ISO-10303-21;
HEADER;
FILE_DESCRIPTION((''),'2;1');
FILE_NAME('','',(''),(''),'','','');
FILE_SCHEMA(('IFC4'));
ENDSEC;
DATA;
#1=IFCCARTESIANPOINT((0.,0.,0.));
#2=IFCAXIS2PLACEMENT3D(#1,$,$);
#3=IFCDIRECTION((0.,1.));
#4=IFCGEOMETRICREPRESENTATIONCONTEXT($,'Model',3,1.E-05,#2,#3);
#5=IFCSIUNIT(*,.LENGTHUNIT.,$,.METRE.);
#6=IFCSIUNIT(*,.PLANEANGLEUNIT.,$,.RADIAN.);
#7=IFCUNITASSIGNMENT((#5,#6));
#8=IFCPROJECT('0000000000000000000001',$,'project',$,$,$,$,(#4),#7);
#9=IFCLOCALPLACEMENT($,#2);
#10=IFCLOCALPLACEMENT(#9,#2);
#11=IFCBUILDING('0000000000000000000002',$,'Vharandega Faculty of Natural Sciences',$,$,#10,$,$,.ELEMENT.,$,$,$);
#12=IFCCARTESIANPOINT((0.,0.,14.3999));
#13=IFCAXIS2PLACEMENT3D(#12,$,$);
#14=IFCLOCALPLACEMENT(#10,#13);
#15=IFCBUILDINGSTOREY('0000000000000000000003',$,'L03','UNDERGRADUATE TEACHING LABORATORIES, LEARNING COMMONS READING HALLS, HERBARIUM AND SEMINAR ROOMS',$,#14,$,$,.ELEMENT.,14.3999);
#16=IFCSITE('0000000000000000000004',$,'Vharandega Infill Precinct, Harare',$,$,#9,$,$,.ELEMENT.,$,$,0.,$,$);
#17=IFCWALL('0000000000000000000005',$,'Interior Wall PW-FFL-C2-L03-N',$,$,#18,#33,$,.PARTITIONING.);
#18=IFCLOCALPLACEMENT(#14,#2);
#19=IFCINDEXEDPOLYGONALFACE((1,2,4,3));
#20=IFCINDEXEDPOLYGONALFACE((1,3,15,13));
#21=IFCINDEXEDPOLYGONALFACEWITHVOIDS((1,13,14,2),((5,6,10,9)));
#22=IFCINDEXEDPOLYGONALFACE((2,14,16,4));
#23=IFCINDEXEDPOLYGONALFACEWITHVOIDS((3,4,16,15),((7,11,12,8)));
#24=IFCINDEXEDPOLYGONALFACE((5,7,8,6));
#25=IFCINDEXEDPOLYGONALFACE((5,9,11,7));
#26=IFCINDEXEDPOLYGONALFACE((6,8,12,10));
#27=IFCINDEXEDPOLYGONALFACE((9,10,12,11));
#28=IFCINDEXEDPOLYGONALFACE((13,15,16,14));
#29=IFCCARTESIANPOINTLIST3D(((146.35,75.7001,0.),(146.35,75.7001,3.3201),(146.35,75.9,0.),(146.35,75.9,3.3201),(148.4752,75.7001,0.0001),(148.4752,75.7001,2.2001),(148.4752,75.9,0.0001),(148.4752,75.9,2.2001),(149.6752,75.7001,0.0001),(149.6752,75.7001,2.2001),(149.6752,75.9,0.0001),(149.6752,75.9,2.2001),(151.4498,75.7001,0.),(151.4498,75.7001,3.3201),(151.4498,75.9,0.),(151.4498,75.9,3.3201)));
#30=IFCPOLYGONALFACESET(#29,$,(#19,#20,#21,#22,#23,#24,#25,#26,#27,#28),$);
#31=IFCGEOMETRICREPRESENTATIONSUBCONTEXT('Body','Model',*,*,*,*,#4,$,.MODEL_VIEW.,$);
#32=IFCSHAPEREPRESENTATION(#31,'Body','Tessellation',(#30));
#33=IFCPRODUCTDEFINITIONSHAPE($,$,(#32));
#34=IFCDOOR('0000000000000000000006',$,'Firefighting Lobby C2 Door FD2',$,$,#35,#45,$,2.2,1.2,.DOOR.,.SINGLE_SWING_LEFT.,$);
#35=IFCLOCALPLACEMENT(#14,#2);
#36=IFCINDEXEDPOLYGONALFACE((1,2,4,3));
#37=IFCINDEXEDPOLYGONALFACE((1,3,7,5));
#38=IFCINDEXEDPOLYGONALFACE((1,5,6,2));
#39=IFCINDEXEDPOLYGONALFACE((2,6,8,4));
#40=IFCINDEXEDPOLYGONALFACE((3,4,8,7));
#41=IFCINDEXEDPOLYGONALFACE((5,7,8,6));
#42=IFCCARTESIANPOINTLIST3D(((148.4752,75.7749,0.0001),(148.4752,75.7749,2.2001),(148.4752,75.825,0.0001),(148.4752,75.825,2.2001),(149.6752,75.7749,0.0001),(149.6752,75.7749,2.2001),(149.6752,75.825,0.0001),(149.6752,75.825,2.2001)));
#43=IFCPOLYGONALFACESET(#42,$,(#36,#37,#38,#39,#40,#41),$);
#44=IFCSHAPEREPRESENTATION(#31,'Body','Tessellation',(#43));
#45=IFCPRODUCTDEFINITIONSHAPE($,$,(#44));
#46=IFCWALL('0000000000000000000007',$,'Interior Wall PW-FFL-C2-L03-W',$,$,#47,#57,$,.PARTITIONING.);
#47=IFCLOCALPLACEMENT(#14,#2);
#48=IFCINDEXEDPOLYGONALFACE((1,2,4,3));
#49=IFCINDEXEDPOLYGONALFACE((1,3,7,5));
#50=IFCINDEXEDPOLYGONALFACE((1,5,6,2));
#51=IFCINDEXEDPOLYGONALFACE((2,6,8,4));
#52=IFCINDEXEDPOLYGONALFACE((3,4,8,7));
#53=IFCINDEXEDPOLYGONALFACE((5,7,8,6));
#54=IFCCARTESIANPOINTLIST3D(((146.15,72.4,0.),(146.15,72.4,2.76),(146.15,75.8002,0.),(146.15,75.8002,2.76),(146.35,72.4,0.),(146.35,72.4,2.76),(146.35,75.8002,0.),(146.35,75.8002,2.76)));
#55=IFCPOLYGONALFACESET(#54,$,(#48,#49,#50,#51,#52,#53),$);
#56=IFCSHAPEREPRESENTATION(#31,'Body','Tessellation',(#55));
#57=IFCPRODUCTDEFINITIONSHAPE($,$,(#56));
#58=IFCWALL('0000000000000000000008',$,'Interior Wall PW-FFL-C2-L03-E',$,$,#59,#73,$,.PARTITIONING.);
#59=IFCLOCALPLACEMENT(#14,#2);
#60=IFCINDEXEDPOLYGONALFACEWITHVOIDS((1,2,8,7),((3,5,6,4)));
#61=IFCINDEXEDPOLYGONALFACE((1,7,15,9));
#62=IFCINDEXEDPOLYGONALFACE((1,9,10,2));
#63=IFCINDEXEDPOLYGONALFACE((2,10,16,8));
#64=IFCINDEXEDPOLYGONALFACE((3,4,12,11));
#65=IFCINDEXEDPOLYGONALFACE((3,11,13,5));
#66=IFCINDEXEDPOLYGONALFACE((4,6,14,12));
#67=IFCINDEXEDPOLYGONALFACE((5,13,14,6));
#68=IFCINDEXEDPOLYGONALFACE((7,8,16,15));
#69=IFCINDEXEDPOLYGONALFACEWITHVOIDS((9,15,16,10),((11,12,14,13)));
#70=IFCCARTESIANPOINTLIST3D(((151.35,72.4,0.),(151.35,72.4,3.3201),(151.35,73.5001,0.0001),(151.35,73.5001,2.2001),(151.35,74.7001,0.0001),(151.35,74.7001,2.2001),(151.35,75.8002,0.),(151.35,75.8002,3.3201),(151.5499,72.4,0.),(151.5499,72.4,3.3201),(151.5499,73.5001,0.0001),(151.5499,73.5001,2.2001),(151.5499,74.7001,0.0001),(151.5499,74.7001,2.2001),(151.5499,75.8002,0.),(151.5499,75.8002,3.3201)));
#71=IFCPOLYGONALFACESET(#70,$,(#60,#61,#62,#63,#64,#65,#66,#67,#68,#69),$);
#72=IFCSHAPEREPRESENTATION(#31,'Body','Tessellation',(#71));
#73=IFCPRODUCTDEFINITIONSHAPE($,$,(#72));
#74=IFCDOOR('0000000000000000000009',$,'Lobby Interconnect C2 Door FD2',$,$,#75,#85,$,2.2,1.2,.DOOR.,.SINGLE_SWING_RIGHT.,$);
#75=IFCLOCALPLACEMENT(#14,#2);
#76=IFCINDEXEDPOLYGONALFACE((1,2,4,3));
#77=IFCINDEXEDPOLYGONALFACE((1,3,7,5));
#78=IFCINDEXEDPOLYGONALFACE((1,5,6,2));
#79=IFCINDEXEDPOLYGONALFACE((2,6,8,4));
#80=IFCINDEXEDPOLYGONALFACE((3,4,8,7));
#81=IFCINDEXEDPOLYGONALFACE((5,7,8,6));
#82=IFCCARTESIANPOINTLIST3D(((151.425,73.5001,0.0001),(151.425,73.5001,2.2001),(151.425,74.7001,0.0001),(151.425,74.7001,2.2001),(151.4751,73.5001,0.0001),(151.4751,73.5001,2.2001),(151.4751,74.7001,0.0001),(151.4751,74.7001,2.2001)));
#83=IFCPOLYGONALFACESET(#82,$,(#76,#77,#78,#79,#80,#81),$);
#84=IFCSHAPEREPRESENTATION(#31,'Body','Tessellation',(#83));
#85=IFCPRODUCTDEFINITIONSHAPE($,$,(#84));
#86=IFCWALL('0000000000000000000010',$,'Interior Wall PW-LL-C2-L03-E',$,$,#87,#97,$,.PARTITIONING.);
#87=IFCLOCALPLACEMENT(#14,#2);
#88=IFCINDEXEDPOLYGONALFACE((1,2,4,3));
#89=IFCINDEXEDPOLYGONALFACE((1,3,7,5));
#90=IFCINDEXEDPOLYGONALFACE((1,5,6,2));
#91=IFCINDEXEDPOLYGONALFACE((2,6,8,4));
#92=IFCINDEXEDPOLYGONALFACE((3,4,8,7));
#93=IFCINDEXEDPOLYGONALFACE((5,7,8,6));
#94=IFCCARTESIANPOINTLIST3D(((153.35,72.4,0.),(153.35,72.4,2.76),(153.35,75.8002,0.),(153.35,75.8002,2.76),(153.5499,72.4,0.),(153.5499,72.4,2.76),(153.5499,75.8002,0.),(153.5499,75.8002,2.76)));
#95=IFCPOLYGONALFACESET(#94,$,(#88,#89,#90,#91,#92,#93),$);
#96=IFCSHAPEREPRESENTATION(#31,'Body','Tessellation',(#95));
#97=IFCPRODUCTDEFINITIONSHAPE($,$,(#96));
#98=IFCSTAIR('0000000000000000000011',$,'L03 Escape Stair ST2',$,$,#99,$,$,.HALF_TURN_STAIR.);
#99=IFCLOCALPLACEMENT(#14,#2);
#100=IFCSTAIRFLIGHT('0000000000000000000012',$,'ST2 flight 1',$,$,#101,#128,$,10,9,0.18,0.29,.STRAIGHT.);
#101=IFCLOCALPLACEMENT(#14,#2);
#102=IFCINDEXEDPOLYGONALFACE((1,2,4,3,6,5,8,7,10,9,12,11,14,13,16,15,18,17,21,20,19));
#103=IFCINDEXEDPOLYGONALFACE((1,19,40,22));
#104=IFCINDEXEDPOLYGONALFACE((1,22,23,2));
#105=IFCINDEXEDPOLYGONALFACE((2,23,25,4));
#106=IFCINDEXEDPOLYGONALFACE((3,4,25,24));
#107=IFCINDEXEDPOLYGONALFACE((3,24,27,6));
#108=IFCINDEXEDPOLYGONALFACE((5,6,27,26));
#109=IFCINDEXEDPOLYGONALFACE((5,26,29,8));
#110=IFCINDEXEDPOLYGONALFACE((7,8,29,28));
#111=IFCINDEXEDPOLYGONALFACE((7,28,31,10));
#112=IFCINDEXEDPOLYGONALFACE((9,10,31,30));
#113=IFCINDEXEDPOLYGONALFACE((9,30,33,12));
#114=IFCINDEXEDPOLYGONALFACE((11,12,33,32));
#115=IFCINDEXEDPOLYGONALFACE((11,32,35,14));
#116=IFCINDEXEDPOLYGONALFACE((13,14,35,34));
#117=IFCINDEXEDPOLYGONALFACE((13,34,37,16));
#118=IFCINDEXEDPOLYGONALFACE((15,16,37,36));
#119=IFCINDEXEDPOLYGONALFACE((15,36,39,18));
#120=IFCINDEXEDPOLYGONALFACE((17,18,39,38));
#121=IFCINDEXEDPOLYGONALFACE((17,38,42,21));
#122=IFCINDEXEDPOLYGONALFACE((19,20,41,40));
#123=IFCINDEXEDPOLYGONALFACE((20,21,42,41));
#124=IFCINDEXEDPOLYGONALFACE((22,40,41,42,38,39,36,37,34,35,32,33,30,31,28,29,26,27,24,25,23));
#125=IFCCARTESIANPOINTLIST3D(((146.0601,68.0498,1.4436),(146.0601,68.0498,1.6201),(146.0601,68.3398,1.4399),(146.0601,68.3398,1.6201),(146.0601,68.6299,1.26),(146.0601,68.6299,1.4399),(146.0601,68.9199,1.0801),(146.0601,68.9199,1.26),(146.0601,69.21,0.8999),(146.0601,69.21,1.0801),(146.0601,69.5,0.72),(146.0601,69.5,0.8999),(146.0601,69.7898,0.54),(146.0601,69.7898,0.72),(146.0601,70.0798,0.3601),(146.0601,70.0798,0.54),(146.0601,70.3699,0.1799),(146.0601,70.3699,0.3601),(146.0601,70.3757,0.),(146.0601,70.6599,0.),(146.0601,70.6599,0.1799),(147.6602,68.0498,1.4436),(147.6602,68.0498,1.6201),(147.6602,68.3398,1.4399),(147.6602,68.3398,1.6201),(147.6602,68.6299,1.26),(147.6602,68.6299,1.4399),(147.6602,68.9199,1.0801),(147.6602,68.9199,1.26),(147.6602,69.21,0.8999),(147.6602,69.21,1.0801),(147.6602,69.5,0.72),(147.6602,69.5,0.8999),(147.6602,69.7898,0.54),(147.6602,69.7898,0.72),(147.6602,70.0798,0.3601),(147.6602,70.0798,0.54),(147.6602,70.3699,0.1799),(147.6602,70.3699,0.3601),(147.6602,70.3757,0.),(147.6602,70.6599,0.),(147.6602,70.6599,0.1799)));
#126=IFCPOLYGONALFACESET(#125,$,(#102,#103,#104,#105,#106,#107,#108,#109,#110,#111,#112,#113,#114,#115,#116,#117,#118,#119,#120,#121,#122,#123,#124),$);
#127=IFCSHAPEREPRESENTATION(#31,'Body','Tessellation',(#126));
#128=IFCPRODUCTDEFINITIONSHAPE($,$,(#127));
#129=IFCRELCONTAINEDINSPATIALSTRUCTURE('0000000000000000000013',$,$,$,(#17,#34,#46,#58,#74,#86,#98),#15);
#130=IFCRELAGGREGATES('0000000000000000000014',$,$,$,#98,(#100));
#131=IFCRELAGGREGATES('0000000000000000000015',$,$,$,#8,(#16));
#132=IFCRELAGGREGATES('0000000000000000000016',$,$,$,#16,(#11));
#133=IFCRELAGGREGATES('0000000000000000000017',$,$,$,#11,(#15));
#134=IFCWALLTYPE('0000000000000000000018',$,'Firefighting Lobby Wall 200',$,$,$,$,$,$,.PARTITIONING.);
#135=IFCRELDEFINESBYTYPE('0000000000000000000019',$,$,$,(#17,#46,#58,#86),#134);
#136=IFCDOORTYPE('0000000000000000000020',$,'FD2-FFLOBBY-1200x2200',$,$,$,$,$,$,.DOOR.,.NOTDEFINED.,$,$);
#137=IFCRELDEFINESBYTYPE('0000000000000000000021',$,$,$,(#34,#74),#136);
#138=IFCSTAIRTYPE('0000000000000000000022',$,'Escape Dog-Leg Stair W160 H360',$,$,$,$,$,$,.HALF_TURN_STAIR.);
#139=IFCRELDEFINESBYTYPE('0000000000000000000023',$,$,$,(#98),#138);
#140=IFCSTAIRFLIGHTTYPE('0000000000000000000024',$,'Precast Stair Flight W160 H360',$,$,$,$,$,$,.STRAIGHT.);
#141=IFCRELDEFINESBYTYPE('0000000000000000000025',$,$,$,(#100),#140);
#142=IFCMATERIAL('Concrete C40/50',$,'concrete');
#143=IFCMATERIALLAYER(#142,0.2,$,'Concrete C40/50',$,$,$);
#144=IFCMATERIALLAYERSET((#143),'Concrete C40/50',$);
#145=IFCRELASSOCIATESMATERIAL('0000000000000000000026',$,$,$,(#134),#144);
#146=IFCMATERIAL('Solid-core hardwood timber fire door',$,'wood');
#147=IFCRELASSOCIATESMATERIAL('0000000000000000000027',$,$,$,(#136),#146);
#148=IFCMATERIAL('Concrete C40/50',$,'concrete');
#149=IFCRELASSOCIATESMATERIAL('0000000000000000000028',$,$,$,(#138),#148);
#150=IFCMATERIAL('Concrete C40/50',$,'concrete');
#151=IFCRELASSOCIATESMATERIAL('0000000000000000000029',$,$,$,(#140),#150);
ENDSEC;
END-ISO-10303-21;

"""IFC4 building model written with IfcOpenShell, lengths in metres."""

from ifc_helpers import new_model, si_unit, direction, frame, frame_2d, origin, place, context, subcontext, project, spatial, polyline, rectangle, outline, extrude, material, layer, layer_set, type_object, element, fill, aggregate, save


model = new_model("IFC4")

# Units and contexts
model_context = context("Model", 3, precision=1e-05, world=origin(), true_north=direction((0.0, 1.0)))
body_context = subcontext(model_context, "Body", "Model", "MODEL_VIEW")
ifc_project = project(units=[si_unit("LENGTHUNIT", "METRE"), si_unit("PLANEANGLEUNIT", "RADIAN")], contexts=[model_context])

# Site, building, storey
site_placement = place(None, origin())
site = spatial("IfcSite", under=ifc_project, at=site_placement, Name="Vharandega Infill Precinct, Harare", CompositionType="ELEMENT", RefElevation=0.0)
building_placement = place(site_placement, origin())
building = spatial("IfcBuilding", under=site, at=building_placement, Name="Vharandega Faculty of Natural Sciences", CompositionType="ELEMENT")
storey_placement = place(building_placement, frame((0.0, 0.0, 14.3999)))
storey = spatial("IfcBuildingStorey", under=building, at=storey_placement, Name="L03", Description="UNDERGRADUATE TEACHING LABORATORIES, LEARNING COMMONS READING HALLS, HERBARIUM AND SEMINAR ROOMS", CompositionType="ELEMENT", Elevation=14.3999)

# Wall, opening, door
ifc_material_1 = material(Name="Concrete C40/50", Category="concrete")
ifc_layer_1 = layer(ifc_material_1, 0.2, Name="Concrete C40/50")
ifc_layer_set_1 = layer_set([ifc_layer_1], Name="Concrete C40/50")
wall_type_1 = type_object("IfcWallType", Name="Firefighting Lobby Wall 200", PredefinedType="PARTITIONING", material=ifc_layer_set_1)
wall_1_placement = place(storey_placement, frame((146.3501, 75.8, 0.0), z_axis=(0.0, 0.0, 1.0), x_axis=(1.0, 0.0, 0.0)))
wall_1 = element("IfcWall", 1, at=wall_1_placement, inside=storey, type_object=wall_type_1, Name="Interior Wall PW-FFL-C2-L03-N", PredefinedType="PARTITIONING", context=body_context, shape_type="SweptSolid", body=[
    extrude(rectangle(XDim=5.0999, YDim=0.2, at=frame_2d((2.5498, 0.0))), origin(), (0.0, 0.0, 1.0), 3.3201),
])
opening_1_placement = place(wall_1_placement, frame((2.125, 0.0, 0.0)))
opening_1 = element("IfcOpeningElement", 2, at=opening_1_placement, cuts=wall_1, PredefinedType="OPENING", context=body_context, shape_type="SweptSolid", body=[
    extrude(rectangle(XDim=1.2, YDim=2.2, at=frame_2d((0.6001, 1.1001))), frame((0.0, 0.1099, 0.0), z_axis=(0.0, -1.0, 0.0), x_axis=(1.0, 0.0, 0.0)), (0.0, 0.0, 1.0), 0.22),
])
ifc_material_2 = material(Name="Solid-core hardwood timber fire door", Category="wood")
door_type_1 = type_object("IfcDoorType", Name="FD2-FFLOBBY-1200x2200", OperationType="NOTDEFINED", PredefinedType="DOOR", material=ifc_material_2)
door_1_placement = place(opening_1_placement, origin())
door_1 = element("IfcDoor", 3, at=door_1_placement, inside=storey, type_object=door_type_1, Name="Firefighting Lobby C2 Door FD2", OperationType="SINGLE_SWING_LEFT", OverallHeight=2.2, OverallWidth=1.2, PredefinedType="DOOR", context=body_context, shape_type="SweptSolid", body=[
    extrude(rectangle(XDim=1.2, YDim=2.2, at=frame_2d((0.6001, 1.1001))), frame((0.0, 0.0249, 0.0), z_axis=(0.0, -1.0, 0.0), x_axis=(1.0, 0.0, 0.0)), (0.0, 0.0, 1.0), 0.05),
])
fill(opening_1, door_1)

# Wall
wall_2_placement = place(storey_placement, frame((146.25, 72.3999, 0.0), z_axis=(0.0, 0.0, 1.0), x_axis=(0.0, 1.0, 0.0)))
element("IfcWall", 4, at=wall_2_placement, inside=storey, type_object=wall_type_1, Name="Interior Wall PW-FFL-C2-L03-W", PredefinedType="PARTITIONING", context=body_context, shape_type="SweptSolid", body=[
    extrude(rectangle(XDim=3.4001, YDim=0.2, at=frame_2d((1.7002, 0.0))), origin(), (0.0, 0.0, 1.0), 2.76),
])

# Wall, opening, door
wall_3_placement = place(storey_placement, frame((151.45, 72.3999, 0.0), z_axis=(0.0, 0.0, 1.0), x_axis=(0.0, 1.0, 0.0)))
wall_3 = element("IfcWall", 5, at=wall_3_placement, inside=storey, type_object=wall_type_1, Name="Interior Wall PW-FFL-C2-L03-E", PredefinedType="PARTITIONING", context=body_context, shape_type="SweptSolid", body=[
    extrude(rectangle(XDim=3.4001, YDim=0.2, at=frame_2d((1.7002, 0.0))), origin(), (0.0, 0.0, 1.0), 3.3201),
])
opening_2_placement = place(wall_3_placement, frame((1.1001, 0.0, 0.0)))
opening_2 = element("IfcOpeningElement", 6, at=opening_2_placement, cuts=wall_3, PredefinedType="OPENING", context=body_context, shape_type="SweptSolid", body=[
    extrude(rectangle(XDim=1.2, YDim=2.2, at=frame_2d((0.6001, 1.1001))), frame((0.0, 0.1099, 0.0), z_axis=(0.0, -1.0, 0.0), x_axis=(1.0, 0.0, 0.0)), (0.0, 0.0, 1.0), 0.22),
])
door_2_placement = place(opening_2_placement, origin())
door_2 = element("IfcDoor", 7, at=door_2_placement, inside=storey, type_object=door_type_1, Name="Lobby Interconnect C2 Door FD2", OperationType="SINGLE_SWING_RIGHT", OverallHeight=2.2, OverallWidth=1.2, PredefinedType="DOOR", context=body_context, shape_type="SweptSolid", body=[
    extrude(rectangle(XDim=1.2, YDim=2.2, at=frame_2d((0.6001, 1.1001))), frame((0.0, 0.0249, 0.0), z_axis=(0.0, -1.0, 0.0), x_axis=(1.0, 0.0, 0.0)), (0.0, 0.0, 1.0), 0.05),
])
fill(opening_2, door_2)

# Wall
wall_4_placement = place(storey_placement, frame((153.45, 72.3999, 0.0), z_axis=(0.0, 0.0, 1.0), x_axis=(0.0, 1.0, 0.0)))
element("IfcWall", 8, at=wall_4_placement, inside=storey, type_object=wall_type_1, Name="Interior Wall PW-LL-C2-L03-E", PredefinedType="PARTITIONING", context=body_context, shape_type="SweptSolid", body=[
    extrude(rectangle(XDim=3.4001, YDim=0.2, at=frame_2d((1.7002, 0.0))), origin(), (0.0, 0.0, 1.0), 2.76),
])

# Stair, stair flight
ifc_material_3 = material(Name="Concrete C40/50", Category="concrete")
stair_type = type_object("IfcStairType", Name="Escape Dog-Leg Stair W160 H360", PredefinedType="HALF_TURN_STAIR", material=ifc_material_3)
stair_placement = place(storey_placement, origin())
stair = element("IfcStair", 9, at=stair_placement, inside=storey, type_object=stair_type, Name="L03 Escape Stair ST2", PredefinedType="HALF_TURN_STAIR")
ifc_material_4 = material(Name="Concrete C40/50", Category="concrete")
stair_flight_type = type_object("IfcStairFlightType", Name="Precast Stair Flight W160 H360", PredefinedType="STRAIGHT", material=ifc_material_4)
stair_flight_placement = place(storey_placement, frame((146.8601, 70.6599, 0.0), z_axis=(0.0, 0.0, 1.0), x_axis=(0.0, -1.0, 0.0)))
stair_flight = element("IfcStairFlight", 10, at=stair_flight_placement, type_object=stair_flight_type, Name="ST2 flight 1", NumberOfRisers=10, NumberOfTreads=9, PredefinedType="STRAIGHT", RiserHeight=0.18, TreadLength=0.29, context=body_context, shape_type="SweptSolid", body=[
    extrude(outline(polyline([(0.0, 0.0), (0.0, 0.1799), (0.29, 0.1799), (0.29, 0.3601), (0.5801, 0.3601), (0.5801, 0.54), (0.8701, 0.54), (0.8701, 0.72), (1.1599, 0.72), (1.1599, 0.8999), (1.45, 0.8999), (1.45, 1.0801), (1.74, 1.0801), (1.74, 1.26), (2.03, 1.26), (2.03, 1.4399), (2.3201, 1.4399), (2.3201, 1.6201), (2.6101, 1.6201), (2.6101, 1.8), (2.6101, 1.4436), (0.2842, 0.0), (0.0, 0.0)])), frame((0.0, 0.8, 0.0), z_axis=(0.0, -1.0, 0.0), x_axis=(1.0, 0.0, 0.0)), (0.0, 0.0, 1.0), 1.6001),
])
aggregate(stair, [stair_flight])

save(model, "model.ifc")
